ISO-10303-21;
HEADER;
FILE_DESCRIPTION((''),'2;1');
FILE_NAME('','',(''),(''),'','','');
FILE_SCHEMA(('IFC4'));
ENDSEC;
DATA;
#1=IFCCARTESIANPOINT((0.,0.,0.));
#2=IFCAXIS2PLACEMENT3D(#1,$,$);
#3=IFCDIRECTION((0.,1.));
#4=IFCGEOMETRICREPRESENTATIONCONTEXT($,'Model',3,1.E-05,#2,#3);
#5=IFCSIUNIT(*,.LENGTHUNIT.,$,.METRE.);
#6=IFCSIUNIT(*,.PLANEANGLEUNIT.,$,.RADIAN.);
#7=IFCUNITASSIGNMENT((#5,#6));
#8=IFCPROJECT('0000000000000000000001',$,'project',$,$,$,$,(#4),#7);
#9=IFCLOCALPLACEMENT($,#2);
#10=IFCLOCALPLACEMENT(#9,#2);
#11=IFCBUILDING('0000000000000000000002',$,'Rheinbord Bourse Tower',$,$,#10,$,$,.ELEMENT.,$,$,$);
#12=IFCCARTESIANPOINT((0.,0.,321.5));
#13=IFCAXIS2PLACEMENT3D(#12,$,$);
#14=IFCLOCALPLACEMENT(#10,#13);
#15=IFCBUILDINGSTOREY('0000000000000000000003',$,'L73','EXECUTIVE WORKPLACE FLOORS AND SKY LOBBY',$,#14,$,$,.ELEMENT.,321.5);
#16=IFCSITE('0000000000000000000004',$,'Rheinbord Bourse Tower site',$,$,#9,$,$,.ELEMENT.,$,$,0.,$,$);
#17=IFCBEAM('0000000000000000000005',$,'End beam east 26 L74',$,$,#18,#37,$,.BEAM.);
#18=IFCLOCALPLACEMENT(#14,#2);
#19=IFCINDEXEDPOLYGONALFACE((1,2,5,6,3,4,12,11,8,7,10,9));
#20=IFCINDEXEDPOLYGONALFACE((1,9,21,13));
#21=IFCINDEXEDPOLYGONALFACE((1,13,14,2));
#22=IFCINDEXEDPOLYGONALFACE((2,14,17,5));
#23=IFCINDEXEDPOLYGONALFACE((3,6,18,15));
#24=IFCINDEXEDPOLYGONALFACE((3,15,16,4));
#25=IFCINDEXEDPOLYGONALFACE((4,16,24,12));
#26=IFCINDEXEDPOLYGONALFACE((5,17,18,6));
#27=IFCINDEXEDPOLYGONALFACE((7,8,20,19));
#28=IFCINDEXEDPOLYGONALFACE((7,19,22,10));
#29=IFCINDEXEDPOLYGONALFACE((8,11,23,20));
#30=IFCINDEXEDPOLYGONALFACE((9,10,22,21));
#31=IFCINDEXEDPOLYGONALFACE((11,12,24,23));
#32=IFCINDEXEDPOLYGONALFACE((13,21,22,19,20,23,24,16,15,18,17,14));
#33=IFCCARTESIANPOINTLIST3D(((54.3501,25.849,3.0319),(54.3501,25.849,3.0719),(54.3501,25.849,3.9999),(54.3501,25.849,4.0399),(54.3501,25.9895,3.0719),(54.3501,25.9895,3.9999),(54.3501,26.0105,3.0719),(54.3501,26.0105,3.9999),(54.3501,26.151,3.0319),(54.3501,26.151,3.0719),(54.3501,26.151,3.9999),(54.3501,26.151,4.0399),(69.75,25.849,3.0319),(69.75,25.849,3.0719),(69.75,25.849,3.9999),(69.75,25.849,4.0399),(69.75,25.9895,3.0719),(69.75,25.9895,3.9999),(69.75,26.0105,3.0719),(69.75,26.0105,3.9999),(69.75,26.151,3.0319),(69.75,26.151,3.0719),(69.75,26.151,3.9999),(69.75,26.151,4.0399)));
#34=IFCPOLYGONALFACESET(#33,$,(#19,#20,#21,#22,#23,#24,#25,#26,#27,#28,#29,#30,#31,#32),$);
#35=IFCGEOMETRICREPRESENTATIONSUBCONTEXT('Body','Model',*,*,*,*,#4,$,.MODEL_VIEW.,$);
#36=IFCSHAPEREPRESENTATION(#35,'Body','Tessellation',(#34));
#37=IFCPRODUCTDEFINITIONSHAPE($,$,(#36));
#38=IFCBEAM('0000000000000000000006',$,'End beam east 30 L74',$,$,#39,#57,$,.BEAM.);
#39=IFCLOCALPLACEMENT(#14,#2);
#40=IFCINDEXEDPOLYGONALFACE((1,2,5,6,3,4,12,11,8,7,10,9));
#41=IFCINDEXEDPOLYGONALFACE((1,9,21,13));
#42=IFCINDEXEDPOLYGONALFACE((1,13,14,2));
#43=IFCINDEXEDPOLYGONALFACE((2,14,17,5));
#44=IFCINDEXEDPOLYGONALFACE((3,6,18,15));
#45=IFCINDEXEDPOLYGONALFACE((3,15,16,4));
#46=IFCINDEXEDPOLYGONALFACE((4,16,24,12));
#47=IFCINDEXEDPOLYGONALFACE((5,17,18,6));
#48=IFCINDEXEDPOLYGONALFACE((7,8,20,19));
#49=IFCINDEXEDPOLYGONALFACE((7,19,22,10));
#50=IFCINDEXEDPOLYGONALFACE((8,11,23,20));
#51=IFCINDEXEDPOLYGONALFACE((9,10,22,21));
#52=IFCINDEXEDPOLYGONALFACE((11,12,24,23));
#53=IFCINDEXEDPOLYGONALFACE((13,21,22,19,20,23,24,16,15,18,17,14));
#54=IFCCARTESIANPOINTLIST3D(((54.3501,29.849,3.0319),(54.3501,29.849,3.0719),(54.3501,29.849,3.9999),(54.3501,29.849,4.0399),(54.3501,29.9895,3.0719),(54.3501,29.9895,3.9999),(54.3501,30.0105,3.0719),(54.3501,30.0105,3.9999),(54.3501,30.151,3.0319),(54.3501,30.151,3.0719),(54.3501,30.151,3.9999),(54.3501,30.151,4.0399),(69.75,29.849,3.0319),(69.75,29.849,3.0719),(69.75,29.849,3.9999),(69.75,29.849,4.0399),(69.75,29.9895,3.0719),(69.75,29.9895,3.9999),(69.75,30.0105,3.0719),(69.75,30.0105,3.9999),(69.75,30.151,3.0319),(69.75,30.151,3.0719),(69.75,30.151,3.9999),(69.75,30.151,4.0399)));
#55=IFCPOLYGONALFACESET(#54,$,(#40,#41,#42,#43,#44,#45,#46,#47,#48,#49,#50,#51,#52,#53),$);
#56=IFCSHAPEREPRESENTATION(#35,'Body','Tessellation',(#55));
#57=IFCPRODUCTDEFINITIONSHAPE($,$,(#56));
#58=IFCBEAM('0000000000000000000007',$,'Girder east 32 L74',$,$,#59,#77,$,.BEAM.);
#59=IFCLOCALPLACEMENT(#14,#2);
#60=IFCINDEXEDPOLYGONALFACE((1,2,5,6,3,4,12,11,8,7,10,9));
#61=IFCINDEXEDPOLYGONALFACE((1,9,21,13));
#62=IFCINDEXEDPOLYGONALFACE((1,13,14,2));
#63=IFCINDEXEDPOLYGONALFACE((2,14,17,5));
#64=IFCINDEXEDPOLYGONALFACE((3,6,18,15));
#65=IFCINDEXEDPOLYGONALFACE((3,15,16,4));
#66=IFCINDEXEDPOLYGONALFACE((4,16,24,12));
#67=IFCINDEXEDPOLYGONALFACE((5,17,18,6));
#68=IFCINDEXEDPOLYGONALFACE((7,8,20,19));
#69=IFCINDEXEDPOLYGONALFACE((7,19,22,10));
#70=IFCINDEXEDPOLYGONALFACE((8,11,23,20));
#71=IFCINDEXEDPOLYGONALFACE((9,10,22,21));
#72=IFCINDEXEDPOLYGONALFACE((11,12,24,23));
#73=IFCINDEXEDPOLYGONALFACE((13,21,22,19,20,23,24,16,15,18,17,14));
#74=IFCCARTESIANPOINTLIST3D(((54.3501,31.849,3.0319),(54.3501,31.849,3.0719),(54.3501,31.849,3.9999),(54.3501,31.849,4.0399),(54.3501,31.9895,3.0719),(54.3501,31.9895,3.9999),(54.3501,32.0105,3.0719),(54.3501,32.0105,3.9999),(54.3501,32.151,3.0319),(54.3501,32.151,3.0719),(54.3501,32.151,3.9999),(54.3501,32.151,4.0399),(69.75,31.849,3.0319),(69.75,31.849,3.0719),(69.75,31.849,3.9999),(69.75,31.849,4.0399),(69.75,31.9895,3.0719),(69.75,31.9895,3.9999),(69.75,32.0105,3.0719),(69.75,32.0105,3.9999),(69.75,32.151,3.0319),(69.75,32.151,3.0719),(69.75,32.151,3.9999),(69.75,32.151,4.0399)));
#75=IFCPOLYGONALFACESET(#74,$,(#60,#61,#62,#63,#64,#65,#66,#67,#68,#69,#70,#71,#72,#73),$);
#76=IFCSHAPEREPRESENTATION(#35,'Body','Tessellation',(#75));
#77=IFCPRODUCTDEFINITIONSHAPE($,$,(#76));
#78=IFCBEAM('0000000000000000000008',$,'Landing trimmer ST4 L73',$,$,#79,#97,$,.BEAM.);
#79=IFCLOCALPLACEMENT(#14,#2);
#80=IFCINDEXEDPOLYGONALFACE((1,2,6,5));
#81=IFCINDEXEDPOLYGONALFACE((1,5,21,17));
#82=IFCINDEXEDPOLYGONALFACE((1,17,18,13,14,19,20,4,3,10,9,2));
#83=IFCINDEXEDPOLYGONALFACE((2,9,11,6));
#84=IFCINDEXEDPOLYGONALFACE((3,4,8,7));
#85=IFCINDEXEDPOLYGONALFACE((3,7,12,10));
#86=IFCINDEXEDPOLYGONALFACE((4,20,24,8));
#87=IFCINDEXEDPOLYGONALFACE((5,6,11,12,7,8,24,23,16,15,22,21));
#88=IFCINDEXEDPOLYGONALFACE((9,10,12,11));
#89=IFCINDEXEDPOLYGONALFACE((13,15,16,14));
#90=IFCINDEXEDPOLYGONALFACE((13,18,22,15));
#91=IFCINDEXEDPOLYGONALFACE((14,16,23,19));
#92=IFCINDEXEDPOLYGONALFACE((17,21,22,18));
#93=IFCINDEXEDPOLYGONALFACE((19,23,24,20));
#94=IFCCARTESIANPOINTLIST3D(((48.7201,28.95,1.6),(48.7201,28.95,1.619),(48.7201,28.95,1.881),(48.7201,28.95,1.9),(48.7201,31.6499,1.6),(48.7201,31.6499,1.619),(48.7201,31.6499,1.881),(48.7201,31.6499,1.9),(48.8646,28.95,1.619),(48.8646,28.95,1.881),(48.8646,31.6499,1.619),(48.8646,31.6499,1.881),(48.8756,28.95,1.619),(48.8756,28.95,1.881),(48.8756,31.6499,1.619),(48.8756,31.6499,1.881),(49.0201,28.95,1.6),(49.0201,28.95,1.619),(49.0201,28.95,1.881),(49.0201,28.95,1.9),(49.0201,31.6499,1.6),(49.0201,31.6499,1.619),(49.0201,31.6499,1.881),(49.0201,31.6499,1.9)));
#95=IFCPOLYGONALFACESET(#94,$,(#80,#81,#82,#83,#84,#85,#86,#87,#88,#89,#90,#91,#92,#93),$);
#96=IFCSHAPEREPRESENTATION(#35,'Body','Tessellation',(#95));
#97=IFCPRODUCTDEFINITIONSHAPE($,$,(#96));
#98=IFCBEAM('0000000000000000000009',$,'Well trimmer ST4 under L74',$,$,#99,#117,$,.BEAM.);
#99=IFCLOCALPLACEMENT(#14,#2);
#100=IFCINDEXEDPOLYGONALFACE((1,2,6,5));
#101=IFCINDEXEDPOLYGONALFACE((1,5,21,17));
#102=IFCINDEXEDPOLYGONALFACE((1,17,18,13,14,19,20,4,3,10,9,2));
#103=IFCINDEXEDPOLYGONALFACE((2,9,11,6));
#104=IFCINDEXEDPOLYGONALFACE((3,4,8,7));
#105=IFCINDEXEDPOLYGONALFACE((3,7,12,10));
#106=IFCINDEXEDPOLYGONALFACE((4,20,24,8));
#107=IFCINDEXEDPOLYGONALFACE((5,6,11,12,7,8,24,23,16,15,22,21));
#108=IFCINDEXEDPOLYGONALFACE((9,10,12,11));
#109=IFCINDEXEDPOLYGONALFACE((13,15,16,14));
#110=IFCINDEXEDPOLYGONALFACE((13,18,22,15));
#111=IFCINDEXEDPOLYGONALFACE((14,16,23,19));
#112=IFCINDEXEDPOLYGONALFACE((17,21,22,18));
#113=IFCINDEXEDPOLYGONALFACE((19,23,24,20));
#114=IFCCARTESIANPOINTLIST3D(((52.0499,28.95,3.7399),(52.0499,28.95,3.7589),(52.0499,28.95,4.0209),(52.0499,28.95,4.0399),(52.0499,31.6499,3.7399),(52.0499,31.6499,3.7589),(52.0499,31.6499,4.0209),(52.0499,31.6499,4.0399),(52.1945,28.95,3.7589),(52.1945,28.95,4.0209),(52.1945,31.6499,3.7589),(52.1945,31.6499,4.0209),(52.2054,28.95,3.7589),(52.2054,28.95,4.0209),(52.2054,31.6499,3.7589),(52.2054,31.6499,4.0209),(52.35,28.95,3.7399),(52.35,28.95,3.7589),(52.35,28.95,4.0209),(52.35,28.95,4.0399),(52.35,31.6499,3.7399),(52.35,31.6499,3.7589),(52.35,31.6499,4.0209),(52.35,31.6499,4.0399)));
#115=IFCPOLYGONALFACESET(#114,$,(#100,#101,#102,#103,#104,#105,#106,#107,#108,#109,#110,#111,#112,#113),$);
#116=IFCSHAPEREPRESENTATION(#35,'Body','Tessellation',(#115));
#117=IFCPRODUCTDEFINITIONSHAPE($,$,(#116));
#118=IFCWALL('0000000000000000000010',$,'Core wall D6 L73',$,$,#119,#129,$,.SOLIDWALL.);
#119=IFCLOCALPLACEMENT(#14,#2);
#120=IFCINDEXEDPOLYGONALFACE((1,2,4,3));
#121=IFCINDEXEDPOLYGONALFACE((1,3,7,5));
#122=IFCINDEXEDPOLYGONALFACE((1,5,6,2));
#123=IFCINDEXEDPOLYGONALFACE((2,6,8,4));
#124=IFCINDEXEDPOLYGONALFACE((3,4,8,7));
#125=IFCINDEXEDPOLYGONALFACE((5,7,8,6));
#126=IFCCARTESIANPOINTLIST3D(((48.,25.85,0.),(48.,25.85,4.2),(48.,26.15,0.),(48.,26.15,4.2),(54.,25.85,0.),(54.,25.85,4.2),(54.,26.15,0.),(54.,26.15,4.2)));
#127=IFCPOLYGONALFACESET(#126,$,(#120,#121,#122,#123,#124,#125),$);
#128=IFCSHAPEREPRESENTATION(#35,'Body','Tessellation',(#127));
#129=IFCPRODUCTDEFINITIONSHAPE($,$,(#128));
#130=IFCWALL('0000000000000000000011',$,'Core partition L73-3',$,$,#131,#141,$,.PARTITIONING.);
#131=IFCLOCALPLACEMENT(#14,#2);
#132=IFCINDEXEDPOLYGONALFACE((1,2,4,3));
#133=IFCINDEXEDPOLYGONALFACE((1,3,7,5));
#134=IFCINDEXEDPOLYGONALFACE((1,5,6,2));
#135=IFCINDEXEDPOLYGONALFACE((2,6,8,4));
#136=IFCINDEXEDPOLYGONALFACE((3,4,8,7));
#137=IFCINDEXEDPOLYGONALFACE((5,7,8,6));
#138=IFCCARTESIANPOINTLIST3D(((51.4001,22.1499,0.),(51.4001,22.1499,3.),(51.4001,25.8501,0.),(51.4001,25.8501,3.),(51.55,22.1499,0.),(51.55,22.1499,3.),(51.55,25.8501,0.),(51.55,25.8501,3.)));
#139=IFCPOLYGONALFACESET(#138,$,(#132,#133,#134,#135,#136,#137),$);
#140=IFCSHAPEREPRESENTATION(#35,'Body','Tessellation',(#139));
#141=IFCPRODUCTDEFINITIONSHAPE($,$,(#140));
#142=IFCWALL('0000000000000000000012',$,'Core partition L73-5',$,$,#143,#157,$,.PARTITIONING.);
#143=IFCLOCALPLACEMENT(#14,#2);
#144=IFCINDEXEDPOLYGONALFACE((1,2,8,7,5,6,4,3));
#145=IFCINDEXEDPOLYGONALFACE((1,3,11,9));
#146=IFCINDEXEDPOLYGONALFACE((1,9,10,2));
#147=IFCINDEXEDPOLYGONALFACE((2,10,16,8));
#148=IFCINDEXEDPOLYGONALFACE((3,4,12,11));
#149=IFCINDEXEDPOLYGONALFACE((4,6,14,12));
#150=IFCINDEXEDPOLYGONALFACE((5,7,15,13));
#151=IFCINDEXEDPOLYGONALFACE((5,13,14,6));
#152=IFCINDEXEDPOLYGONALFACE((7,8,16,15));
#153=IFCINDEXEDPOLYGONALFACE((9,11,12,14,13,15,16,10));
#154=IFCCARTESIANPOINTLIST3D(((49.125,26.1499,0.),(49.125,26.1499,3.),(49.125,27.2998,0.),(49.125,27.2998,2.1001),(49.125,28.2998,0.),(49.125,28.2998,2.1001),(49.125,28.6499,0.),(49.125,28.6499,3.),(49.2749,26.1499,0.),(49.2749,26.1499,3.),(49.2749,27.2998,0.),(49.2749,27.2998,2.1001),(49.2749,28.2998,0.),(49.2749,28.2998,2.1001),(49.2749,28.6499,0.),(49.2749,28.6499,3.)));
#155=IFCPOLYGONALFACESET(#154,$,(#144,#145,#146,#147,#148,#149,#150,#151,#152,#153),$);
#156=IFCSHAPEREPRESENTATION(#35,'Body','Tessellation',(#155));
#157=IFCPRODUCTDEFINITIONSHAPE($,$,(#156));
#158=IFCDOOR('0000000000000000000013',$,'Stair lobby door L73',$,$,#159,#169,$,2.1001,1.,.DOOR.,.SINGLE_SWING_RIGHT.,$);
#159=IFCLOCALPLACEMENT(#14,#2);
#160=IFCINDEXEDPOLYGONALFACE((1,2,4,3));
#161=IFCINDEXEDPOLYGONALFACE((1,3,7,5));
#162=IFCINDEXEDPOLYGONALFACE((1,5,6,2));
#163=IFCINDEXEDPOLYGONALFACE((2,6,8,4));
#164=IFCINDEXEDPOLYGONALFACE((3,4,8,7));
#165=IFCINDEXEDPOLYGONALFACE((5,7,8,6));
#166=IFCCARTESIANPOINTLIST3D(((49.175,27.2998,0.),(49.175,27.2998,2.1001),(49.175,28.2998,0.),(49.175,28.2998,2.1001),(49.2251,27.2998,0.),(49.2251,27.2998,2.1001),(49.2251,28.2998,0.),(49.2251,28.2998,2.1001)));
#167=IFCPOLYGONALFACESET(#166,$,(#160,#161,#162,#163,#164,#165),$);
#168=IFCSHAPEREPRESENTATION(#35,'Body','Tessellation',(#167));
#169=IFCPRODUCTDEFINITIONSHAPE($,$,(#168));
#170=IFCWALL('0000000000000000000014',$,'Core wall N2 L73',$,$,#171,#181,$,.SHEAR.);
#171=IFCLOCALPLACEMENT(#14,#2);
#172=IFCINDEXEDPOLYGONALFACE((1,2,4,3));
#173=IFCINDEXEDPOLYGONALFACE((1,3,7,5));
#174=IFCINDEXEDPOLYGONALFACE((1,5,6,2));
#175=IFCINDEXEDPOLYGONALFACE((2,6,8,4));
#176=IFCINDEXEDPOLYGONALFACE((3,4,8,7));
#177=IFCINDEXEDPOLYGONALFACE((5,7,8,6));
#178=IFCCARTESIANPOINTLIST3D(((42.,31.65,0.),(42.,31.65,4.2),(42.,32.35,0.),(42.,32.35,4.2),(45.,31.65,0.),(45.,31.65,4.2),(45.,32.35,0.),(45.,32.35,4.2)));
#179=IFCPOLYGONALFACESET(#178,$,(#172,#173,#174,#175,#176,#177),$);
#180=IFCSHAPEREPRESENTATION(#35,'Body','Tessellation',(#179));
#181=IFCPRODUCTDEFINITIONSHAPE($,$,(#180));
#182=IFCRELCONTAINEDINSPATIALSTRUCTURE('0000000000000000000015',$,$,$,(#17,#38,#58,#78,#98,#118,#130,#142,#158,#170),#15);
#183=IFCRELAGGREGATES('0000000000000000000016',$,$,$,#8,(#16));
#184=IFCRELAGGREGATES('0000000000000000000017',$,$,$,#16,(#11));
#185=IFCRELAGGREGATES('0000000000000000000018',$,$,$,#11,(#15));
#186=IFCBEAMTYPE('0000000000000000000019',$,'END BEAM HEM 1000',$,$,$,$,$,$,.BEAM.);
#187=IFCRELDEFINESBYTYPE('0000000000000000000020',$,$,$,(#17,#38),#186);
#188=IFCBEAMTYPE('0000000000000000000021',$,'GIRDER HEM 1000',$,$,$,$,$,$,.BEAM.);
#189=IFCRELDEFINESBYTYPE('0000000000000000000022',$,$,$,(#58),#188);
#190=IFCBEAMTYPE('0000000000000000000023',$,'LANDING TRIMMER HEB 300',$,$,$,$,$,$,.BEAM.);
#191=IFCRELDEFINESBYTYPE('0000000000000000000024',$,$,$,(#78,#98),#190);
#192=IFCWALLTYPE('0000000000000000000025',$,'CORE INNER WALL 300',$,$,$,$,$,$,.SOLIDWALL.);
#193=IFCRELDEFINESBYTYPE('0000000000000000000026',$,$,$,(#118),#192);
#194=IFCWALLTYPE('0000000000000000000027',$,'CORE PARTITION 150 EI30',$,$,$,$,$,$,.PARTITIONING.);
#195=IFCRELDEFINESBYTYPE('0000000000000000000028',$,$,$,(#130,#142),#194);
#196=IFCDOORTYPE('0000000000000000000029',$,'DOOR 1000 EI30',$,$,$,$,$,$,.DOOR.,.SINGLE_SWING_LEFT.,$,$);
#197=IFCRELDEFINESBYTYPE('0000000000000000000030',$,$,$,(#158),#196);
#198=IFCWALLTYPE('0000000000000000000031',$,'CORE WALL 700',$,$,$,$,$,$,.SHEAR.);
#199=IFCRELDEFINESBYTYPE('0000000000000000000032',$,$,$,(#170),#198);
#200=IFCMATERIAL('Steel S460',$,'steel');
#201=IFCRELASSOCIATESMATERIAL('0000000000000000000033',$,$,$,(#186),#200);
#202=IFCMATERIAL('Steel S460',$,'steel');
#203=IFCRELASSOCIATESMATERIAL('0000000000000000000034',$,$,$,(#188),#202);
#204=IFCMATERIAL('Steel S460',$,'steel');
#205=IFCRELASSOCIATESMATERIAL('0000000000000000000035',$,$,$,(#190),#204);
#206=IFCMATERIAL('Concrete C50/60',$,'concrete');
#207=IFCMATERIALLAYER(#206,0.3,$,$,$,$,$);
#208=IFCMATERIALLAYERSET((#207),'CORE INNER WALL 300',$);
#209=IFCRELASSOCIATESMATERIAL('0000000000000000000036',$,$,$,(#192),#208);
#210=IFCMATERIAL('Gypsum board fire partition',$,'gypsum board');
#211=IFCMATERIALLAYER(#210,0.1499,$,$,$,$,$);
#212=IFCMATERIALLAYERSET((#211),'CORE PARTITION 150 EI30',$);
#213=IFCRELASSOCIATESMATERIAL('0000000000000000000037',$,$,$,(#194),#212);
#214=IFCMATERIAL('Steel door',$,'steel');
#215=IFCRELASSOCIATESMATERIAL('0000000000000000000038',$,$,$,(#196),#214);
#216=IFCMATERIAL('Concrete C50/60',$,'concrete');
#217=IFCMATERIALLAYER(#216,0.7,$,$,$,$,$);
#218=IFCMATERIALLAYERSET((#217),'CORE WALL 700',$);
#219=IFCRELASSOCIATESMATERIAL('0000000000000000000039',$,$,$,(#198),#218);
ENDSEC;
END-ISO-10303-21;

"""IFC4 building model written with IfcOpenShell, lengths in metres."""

from ifc_helpers import new_model, si_unit, direction, frame, frame_2d, origin, origin_2d, place, context, subcontext, project, spatial, rectangle, i_section, extrude, material, layer, layer_set, material_profile, profile_set, type_object, element, fill, save


model = new_model("IFC4")

# Units and contexts
model_context = context("Model", 3, precision=1e-05, world=origin(), true_north=direction((0.0, 1.0)))
body_context = subcontext(model_context, "Body", "Model", "MODEL_VIEW")
ifc_project = project(units=[si_unit("LENGTHUNIT", "METRE"), si_unit("PLANEANGLEUNIT", "RADIAN")], contexts=[model_context])

# Site, building, storey
site_placement = place(None, origin())
site = spatial("IfcSite", under=ifc_project, at=site_placement, Name="Rheinbord Bourse Tower site", CompositionType="ELEMENT", RefElevation=0.0)
building_placement = place(site_placement, origin())
building = spatial("IfcBuilding", under=site, at=building_placement, Name="Rheinbord Bourse Tower", CompositionType="ELEMENT")
storey_placement = place(building_placement, frame((0.0, 0.0, 321.5)))
storey = spatial("IfcBuildingStorey", under=building, at=storey_placement, Name="L73", Description="EXECUTIVE WORKPLACE FLOORS AND SKY LOBBY", CompositionType="ELEMENT", Elevation=321.5)

# Beams
ifc_material_1 = material(Name="Steel S460", Category="steel")
ifc_material_profile_1 = material_profile(ifc_material_1, i_section(OverallWidth=0.302, OverallDepth=1.0081, WebThickness=0.021, FlangeThickness=0.04, at=origin_2d()), Name="HEM 1000")
ifc_profile_set_1 = profile_set([ifc_material_profile_1], Name="Steel S460")
beam_type_1 = type_object("IfcBeamType", Name="END BEAM HEM 1000", PredefinedType="BEAM", material=ifc_profile_set_1)
for number, where, z_axis, x_axis, name in (
    (1, (54.3501, 26.0, 3.5359), (1.0, 0.0, 0.0), (0.0, 1.0, 0.0), "End beam east 26 L74"),
    (2, (54.3501, 30.0, 3.5359), (1.0, 0.0, 0.0), (0.0, 1.0, 0.0), "End beam east 30 L74"),
):
    element("IfcBeam", number, at=place(storey_placement, frame(where, z_axis=z_axis, x_axis=x_axis)), inside=storey, type_object=beam_type_1, Name=name, PredefinedType="BEAM", context=body_context, shape_type="SweptSolid", body=[
        extrude(i_section(OverallWidth=0.302, OverallDepth=1.0081, WebThickness=0.021, FlangeThickness=0.04, at=origin_2d()), origin(), (0.0, 0.0, 1.0), 15.3999),
    ])
ifc_material_2 = material(Name="Steel S460", Category="steel")
ifc_material_profile_2 = material_profile(ifc_material_2, i_section(OverallWidth=0.302, OverallDepth=1.0081, WebThickness=0.021, FlangeThickness=0.04, at=origin_2d()), Name="HEM 1000")
ifc_profile_set_2 = profile_set([ifc_material_profile_2], Name="Steel S460")
beam_type_2 = type_object("IfcBeamType", Name="GIRDER HEM 1000", PredefinedType="BEAM", material=ifc_profile_set_2)
beam_placement = place(storey_placement, frame((54.3501, 32.0, 3.5359), z_axis=(1.0, 0.0, 0.0), x_axis=(0.0, 1.0, 0.0)))
element("IfcBeam", 3, at=beam_placement, inside=storey, type_object=beam_type_2, Name="Girder east 32 L74", PredefinedType="BEAM", context=body_context, shape_type="SweptSolid", body=[
    extrude(i_section(OverallWidth=0.302, OverallDepth=1.0081, WebThickness=0.021, FlangeThickness=0.04, at=origin_2d()), origin(), (0.0, 0.0, 1.0), 15.3999),
])
ifc_material_3 = material(Name="Steel S460", Category="steel")
ifc_material_profile_3 = material_profile(ifc_material_3, i_section(OverallWidth=0.3, OverallDepth=0.3, WebThickness=0.011, FlangeThickness=0.019, at=origin_2d()), Name="HEB 300")
ifc_profile_set_3 = profile_set([ifc_material_profile_3], Name="Steel S460")
beam_type_3 = type_object("IfcBeamType", Name="LANDING TRIMMER HEB 300", PredefinedType="BEAM", material=ifc_profile_set_3)
for number, where, z_axis, x_axis, name in (
    (4, (48.8701, 28.95, 1.75), (0.0, 1.0, 0.0), (-1.0, 0.0, 0.0), "Landing trimmer ST4 L73"),
    (5, (52.2, 28.95, 3.8899), (0.0, 1.0, 0.0), (-1.0, 0.0, 0.0), "Well trimmer ST4 under L74"),
):
    element("IfcBeam", number, at=place(storey_placement, frame(where, z_axis=z_axis, x_axis=x_axis)), inside=storey, type_object=beam_type_3, Name=name, PredefinedType="BEAM", context=body_context, shape_type="SweptSolid", body=[
        extrude(i_section(OverallWidth=0.3, OverallDepth=0.3, WebThickness=0.011, FlangeThickness=0.019, at=origin_2d()), origin(), (0.0, 0.0, 1.0), 2.7),
    ])

# Walls
ifc_material_4 = material(Name="Concrete C50/60", Category="concrete")
ifc_layer_1 = layer(ifc_material_4, 0.3)
ifc_layer_set_1 = layer_set([ifc_layer_1], Name="CORE INNER WALL 300")
wall_type_1 = type_object("IfcWallType", Name="CORE INNER WALL 300", PredefinedType="SOLIDWALL", material=ifc_layer_set_1)
wall_1_placement = place(storey_placement, frame((48.0, 26.0, 0.0), z_axis=(0.0, 0.0, 1.0), x_axis=(1.0, 0.0, 0.0)))
element("IfcWall", 6, at=wall_1_placement, inside=storey, type_object=wall_type_1, Name="Core wall D6 L73", PredefinedType="SOLIDWALL", context=body_context, shape_type="SweptSolid", body=[
    extrude(rectangle(XDim=6.0, YDim=0.3, at=frame_2d((3.0, 0.0))), origin(), (0.0, 0.0, 1.0), 4.2),
])
ifc_material_5 = material(Name="Gypsum board fire partition", Category="gypsum board")
ifc_layer_2 = layer(ifc_material_5, 0.1499)
ifc_layer_set_2 = layer_set([ifc_layer_2], Name="CORE PARTITION 150 EI30")
wall_type_2 = type_object("IfcWallType", Name="CORE PARTITION 150 EI30", PredefinedType="PARTITIONING", material=ifc_layer_set_2)
wall_2_placement = place(storey_placement, frame((51.4751, 22.1499, 0.0), z_axis=(0.0, 0.0, 1.0), x_axis=(0.0, 1.0, 0.0)))
element("IfcWall", 7, at=wall_2_placement, inside=storey, type_object=wall_type_2, Name="Core partition L73-3", PredefinedType="PARTITIONING", context=body_context, shape_type="SweptSolid", body=[
    extrude(rectangle(XDim=3.7002, YDim=0.1499, at=frame_2d((1.8501, 0.0))), origin(), (0.0, 0.0, 1.0), 3.0),
])

# Wall, opening, door
wall_3_placement = place(storey_placement, frame((49.2, 26.1499, 0.0), z_axis=(0.0, 0.0, 1.0), x_axis=(0.0, 1.0, 0.0)))
wall_3 = element("IfcWall", 8, at=wall_3_placement, inside=storey, type_object=wall_type_2, Name="Core partition L73-5", PredefinedType="PARTITIONING", context=body_context, shape_type="SweptSolid", body=[
    extrude(rectangle(XDim=2.5, YDim=0.1499, at=frame_2d((1.25, 0.0))), origin(), (0.0, 0.0, 1.0), 3.0),
])
opening_1_placement = place(wall_3_placement, frame((1.1499, 0.0, 0.0)))
opening_1 = element("IfcOpeningElement", 9, at=opening_1_placement, cuts=wall_3, PredefinedType="OPENING", context=body_context, shape_type="SweptSolid", body=[
    extrude(rectangle(XDim=1.0, YDim=2.1001, at=frame_2d((0.5, 1.05))), frame((0.0, 0.085, 0.0), z_axis=(0.0, -1.0, 0.0), x_axis=(1.0, 0.0, 0.0)), (0.0, 0.0, 1.0), 0.1699),
])
ifc_material_6 = material(Name="Steel door", Category="steel")
door_type_1 = type_object("IfcDoorType", Name="DOOR 1000 EI30", OperationType="SINGLE_SWING_LEFT", PredefinedType="DOOR", material=ifc_material_6)
door_1_placement = place(opening_1_placement, origin())
door_1 = element("IfcDoor", 10, at=door_1_placement, inside=storey, type_object=door_type_1, Name="Stair lobby door L73", OperationType="SINGLE_SWING_RIGHT", OverallHeight=2.1001, OverallWidth=1.0, PredefinedType="DOOR", context=body_context, shape_type="SweptSolid", body=[
    extrude(rectangle(XDim=1.0, YDim=2.1001, at=frame_2d((0.5, 1.05))), frame((0.0, 0.0249, 0.0), z_axis=(0.0, -1.0, 0.0), x_axis=(1.0, 0.0, 0.0)), (0.0, 0.0, 1.0), 0.05),
])
fill(opening_1, door_1)

# Wall
ifc_material_7 = material(Name="Concrete C50/60", Category="concrete")
ifc_layer_3 = layer(ifc_material_7, 0.7)
ifc_layer_set_3 = layer_set([ifc_layer_3], Name="CORE WALL 700")
wall_type_3 = type_object("IfcWallType", Name="CORE WALL 700", PredefinedType="SHEAR", material=ifc_layer_set_3)
wall_4_placement = place(storey_placement, frame((45.0, 32.0, 0.0), z_axis=(0.0, 0.0, 1.0), x_axis=(-1.0, 0.0, 0.0)))
element("IfcWall", 11, at=wall_4_placement, inside=storey, type_object=wall_type_3, Name="Core wall N2 L73", PredefinedType="SHEAR", context=body_context, shape_type="SweptSolid", body=[
    extrude(rectangle(XDim=3.0, YDim=0.7, at=frame_2d((1.5, 0.0))), origin(), (0.0, 0.0, 1.0), 4.2),
])

save(model, "model.ifc")
